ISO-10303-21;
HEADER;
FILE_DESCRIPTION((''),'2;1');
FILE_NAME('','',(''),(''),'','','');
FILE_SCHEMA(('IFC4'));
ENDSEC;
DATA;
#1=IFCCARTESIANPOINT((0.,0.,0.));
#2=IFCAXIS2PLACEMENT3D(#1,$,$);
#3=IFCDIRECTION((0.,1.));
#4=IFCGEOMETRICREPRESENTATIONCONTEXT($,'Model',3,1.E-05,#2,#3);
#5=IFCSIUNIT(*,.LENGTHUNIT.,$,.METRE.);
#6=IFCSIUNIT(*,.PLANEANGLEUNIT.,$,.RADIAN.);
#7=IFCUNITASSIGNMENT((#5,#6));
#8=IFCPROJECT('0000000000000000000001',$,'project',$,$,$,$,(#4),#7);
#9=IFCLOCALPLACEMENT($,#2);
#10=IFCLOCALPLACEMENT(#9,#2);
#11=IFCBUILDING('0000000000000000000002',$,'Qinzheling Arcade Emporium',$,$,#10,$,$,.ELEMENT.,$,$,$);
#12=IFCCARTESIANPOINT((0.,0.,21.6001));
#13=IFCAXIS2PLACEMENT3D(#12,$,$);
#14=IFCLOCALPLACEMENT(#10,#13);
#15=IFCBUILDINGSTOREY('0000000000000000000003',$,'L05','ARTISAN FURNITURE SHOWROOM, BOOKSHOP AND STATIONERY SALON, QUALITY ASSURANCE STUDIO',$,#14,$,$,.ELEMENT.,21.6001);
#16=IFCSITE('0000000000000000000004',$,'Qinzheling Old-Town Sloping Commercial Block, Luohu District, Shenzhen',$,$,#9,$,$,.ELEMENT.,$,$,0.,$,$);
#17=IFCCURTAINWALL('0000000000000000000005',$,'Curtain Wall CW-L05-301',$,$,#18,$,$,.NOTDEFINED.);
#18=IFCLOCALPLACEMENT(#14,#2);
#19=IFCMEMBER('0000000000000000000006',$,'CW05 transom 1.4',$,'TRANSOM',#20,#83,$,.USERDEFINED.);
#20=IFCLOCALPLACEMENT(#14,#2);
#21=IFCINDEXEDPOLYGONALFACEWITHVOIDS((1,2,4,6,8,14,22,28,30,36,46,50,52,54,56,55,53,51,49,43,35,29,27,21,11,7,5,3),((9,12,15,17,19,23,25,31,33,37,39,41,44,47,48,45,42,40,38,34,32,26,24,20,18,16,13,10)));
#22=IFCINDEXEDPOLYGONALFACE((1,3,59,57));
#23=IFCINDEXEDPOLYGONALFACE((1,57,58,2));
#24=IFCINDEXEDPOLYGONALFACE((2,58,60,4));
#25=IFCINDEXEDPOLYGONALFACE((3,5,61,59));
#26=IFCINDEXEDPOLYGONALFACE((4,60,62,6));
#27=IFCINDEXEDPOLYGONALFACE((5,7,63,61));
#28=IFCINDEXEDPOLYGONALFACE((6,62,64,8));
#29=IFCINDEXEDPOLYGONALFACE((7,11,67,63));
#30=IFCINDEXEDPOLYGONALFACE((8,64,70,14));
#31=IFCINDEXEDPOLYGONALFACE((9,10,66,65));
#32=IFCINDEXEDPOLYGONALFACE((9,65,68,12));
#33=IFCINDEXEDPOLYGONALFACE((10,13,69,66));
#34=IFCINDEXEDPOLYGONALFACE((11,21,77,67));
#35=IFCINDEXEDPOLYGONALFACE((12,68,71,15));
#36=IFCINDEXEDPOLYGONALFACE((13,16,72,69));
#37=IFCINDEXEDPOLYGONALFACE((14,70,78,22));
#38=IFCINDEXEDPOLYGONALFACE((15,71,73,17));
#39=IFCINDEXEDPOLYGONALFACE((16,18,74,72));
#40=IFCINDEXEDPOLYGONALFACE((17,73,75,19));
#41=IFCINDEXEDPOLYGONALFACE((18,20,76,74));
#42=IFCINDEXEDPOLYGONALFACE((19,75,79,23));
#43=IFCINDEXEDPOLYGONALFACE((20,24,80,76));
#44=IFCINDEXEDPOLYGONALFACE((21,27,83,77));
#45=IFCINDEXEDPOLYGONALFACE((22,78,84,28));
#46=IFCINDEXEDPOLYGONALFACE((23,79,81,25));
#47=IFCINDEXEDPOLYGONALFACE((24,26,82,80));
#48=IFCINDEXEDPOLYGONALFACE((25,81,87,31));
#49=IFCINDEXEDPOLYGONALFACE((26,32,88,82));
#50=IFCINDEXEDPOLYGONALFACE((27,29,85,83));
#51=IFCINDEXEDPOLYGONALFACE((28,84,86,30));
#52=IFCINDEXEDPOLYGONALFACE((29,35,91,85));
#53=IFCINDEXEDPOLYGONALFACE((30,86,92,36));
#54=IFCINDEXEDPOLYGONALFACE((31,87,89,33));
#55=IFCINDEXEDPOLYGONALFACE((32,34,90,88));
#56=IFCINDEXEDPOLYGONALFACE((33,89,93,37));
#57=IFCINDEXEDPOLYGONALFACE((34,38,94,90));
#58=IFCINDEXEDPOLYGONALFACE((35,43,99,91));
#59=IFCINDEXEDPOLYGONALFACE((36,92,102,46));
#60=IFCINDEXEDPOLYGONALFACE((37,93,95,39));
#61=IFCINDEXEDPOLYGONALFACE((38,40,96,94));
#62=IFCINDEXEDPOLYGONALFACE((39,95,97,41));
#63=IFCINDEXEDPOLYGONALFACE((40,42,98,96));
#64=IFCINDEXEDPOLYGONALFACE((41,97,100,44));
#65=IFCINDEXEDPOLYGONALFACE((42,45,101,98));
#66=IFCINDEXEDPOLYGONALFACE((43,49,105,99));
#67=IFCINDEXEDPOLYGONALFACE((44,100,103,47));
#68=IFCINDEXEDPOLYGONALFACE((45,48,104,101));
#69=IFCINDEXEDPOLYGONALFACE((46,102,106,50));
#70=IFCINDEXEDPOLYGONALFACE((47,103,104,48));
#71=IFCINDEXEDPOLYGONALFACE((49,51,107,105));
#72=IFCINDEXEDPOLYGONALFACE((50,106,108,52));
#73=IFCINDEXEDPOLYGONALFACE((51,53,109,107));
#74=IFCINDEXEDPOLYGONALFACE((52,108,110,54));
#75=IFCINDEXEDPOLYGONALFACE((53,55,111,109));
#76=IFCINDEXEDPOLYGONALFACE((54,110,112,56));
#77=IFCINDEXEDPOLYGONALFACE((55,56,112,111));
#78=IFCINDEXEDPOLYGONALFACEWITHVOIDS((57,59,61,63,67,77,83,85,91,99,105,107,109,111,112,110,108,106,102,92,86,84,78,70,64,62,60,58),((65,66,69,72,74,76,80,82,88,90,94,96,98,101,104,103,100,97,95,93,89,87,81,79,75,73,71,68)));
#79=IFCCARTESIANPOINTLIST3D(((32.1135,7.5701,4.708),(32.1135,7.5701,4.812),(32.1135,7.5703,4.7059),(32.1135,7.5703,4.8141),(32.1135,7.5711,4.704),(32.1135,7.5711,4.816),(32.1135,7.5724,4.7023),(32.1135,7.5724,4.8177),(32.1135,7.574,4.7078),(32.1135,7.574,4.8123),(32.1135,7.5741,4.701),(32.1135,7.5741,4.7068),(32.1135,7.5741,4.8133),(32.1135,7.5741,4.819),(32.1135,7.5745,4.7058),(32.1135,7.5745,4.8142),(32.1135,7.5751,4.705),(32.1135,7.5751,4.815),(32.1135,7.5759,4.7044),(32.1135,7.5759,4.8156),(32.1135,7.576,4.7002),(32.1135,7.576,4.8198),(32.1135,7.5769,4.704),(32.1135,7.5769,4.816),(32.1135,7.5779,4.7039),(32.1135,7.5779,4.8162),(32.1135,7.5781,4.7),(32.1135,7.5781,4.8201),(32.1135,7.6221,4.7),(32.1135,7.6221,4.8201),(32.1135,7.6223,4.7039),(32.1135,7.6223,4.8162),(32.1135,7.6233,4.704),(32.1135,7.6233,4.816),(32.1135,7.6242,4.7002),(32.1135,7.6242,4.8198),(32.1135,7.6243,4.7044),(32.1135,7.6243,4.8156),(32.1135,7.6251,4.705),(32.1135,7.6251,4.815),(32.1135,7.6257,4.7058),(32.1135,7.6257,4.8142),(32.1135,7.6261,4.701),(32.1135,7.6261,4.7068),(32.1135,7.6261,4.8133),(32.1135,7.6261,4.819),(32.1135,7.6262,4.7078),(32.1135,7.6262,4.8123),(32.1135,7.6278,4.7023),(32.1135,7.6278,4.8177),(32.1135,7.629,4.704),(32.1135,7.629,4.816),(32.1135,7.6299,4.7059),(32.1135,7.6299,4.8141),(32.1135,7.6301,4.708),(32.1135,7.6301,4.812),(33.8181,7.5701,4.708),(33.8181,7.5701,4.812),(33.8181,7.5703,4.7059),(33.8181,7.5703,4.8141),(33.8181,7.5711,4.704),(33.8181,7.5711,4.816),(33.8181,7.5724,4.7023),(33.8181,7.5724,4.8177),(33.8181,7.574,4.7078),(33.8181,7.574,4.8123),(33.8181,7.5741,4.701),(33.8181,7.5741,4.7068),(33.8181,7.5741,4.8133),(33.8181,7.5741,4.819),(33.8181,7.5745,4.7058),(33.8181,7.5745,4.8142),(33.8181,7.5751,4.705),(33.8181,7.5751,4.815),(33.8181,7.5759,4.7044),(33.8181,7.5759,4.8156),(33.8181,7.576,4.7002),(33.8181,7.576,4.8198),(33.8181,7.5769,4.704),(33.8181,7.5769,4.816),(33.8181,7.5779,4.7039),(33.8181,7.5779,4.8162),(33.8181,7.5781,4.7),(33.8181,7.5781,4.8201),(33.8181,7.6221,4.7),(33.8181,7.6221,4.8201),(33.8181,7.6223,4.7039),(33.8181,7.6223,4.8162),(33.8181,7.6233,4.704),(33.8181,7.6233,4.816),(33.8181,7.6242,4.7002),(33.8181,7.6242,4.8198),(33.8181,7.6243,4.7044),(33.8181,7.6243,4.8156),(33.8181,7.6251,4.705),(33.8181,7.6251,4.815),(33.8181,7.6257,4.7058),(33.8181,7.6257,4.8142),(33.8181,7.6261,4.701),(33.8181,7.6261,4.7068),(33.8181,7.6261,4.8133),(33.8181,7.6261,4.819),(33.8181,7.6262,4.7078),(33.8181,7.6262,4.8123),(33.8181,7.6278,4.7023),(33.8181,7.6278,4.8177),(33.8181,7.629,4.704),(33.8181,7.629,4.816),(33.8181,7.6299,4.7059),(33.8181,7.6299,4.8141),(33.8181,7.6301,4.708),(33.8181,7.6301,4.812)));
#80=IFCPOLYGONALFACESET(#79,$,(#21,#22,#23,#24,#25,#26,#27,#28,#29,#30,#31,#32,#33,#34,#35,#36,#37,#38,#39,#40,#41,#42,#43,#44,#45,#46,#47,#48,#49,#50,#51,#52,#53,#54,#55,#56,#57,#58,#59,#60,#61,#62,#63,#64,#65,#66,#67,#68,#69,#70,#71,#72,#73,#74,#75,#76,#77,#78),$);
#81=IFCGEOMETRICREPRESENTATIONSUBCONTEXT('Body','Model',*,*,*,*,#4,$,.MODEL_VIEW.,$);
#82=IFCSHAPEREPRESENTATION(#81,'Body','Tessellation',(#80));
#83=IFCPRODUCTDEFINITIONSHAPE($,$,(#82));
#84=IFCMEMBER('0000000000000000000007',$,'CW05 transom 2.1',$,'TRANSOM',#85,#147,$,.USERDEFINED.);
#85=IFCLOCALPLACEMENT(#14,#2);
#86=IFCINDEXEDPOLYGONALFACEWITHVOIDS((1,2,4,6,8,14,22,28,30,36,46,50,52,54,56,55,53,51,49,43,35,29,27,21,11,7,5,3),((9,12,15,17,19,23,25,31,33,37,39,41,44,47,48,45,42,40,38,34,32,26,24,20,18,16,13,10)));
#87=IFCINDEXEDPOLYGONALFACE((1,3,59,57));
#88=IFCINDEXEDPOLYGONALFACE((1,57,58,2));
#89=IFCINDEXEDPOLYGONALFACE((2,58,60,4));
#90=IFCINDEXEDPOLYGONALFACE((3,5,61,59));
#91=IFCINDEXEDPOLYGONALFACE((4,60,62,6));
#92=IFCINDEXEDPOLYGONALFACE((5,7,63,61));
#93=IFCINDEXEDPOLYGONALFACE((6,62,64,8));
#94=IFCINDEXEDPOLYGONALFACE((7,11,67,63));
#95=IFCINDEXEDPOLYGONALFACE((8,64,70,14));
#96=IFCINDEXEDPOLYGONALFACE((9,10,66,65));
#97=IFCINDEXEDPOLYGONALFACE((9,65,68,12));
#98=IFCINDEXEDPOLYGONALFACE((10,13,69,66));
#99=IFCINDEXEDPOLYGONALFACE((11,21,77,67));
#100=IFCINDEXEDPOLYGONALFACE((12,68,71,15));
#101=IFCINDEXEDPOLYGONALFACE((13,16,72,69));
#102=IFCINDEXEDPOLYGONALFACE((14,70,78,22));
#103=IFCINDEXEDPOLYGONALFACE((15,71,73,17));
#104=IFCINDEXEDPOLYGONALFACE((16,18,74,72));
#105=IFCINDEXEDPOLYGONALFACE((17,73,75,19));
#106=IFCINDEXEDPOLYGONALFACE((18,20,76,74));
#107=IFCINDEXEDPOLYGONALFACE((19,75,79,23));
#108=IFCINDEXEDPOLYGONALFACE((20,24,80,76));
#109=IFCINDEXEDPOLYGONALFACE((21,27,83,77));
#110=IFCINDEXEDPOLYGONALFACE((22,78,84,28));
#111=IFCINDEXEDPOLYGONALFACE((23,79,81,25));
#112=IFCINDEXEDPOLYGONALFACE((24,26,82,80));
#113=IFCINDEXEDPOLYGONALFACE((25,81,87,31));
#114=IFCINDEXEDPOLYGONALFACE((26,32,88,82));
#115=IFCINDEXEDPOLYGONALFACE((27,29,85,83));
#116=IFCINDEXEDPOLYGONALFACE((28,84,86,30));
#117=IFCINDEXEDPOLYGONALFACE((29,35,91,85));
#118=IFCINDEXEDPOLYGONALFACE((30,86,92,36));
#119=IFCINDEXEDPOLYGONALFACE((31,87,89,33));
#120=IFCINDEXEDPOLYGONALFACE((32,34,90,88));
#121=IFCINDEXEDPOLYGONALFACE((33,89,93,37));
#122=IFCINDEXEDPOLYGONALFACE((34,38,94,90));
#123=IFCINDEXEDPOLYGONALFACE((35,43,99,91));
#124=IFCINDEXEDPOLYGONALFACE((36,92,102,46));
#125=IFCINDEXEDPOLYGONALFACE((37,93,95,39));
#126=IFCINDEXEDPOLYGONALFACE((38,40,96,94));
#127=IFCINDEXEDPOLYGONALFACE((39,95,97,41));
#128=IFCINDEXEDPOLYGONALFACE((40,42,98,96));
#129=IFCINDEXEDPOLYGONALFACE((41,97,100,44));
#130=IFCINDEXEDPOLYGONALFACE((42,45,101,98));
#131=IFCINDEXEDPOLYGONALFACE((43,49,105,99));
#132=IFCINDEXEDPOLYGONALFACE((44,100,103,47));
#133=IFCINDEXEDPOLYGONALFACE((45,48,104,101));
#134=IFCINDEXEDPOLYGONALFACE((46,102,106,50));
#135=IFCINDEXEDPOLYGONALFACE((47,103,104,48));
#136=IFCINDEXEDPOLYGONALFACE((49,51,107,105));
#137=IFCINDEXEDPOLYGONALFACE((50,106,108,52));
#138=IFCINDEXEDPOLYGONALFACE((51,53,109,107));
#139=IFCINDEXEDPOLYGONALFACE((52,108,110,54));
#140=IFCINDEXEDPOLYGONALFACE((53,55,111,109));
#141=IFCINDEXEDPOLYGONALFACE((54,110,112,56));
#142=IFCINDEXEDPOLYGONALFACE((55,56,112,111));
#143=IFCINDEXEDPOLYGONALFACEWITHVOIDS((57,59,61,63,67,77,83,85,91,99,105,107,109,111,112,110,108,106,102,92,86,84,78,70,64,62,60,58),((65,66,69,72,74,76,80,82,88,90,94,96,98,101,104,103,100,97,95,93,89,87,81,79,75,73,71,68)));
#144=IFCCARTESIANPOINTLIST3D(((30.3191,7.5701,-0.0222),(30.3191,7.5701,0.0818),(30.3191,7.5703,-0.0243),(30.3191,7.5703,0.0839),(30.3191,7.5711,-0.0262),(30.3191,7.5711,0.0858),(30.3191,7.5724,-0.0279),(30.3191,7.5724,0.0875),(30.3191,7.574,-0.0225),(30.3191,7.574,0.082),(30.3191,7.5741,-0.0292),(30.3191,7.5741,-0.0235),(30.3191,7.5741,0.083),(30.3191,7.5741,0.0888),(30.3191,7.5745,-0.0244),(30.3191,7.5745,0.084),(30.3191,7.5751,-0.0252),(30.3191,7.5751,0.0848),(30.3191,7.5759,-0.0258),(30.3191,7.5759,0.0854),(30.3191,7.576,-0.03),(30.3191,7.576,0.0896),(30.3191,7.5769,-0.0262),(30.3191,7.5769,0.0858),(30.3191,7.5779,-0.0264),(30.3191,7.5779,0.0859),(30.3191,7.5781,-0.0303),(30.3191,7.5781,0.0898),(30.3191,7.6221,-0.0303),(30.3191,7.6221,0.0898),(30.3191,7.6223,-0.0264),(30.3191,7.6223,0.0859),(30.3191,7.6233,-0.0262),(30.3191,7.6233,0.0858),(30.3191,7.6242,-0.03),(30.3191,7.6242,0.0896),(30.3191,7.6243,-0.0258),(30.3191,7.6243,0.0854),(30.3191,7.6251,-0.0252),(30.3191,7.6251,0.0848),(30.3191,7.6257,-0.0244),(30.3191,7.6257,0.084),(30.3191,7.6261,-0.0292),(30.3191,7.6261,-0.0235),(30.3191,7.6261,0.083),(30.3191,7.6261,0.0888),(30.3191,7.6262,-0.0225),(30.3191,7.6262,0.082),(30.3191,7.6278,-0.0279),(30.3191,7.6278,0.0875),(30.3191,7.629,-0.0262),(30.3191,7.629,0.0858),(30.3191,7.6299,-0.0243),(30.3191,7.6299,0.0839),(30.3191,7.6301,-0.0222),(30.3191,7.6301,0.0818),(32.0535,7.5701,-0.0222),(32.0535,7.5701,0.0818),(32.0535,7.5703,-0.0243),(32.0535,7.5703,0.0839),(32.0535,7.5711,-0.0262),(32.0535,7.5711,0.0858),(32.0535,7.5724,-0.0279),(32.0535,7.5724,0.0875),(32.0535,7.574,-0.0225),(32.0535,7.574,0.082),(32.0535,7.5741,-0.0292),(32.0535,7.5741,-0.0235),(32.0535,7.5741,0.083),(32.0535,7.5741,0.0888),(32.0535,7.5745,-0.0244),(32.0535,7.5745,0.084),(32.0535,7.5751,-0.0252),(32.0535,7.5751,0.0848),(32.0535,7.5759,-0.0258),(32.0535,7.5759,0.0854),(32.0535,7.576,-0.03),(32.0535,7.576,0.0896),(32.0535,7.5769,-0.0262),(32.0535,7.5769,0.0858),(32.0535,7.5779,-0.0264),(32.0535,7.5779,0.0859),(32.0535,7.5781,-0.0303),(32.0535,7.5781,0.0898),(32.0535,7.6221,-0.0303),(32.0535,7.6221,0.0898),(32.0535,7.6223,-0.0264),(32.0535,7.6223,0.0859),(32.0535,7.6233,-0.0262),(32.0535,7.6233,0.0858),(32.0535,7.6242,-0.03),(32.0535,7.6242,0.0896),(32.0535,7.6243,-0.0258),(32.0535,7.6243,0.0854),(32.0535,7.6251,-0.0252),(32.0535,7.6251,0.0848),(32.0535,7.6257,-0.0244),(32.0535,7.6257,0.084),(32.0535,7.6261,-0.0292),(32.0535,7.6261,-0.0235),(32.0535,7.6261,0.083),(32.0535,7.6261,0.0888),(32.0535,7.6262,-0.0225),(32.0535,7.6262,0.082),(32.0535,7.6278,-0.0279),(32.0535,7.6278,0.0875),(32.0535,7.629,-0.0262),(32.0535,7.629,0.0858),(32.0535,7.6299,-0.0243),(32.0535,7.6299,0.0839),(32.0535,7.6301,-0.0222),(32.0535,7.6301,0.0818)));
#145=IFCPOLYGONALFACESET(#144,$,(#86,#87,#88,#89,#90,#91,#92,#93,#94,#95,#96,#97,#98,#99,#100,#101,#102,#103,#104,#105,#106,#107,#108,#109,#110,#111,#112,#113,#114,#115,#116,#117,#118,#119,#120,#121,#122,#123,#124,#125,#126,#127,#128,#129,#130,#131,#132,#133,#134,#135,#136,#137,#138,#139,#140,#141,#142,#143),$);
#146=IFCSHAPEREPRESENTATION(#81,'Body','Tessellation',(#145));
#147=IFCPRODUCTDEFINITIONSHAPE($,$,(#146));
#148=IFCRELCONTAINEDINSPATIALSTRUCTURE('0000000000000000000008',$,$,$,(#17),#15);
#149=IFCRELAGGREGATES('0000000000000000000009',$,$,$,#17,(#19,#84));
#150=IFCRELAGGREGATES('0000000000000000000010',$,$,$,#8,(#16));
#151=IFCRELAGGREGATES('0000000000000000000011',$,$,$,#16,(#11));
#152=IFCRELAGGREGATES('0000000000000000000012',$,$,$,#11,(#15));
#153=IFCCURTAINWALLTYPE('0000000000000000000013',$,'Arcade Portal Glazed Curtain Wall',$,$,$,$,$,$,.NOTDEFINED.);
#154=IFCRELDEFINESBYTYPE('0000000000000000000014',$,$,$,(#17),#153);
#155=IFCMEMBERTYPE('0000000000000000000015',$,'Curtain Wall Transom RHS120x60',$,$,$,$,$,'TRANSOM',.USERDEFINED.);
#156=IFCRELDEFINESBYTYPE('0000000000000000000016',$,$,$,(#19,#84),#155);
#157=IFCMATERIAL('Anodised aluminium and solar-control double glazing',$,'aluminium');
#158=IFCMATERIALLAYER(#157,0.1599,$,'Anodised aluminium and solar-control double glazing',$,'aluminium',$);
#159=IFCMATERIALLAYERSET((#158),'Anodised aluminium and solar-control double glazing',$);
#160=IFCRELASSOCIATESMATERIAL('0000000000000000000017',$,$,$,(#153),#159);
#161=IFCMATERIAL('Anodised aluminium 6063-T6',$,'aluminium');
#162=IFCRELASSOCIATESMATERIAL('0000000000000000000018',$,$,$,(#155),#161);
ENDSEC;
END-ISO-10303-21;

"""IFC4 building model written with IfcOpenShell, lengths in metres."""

from ifc_helpers import new_model, si_unit, direction, frame, origin, origin_2d, place, context, subcontext, project, spatial, hollow_rectangle, extrude, material, layer, layer_set, material_profile, profile_set, type_object, element, aggregate, save


model = new_model("IFC4")

# Units and contexts
model_context = context("Model", 3, precision=1e-05, world=origin(), true_north=direction((0.0, 1.0)))
body_context = subcontext(model_context, "Body", "Model", "MODEL_VIEW")
ifc_project = project(units=[si_unit("LENGTHUNIT", "METRE"), si_unit("PLANEANGLEUNIT", "RADIAN")], contexts=[model_context])

# Site, building, storey
site_placement = place(None, origin())
site = spatial("IfcSite", under=ifc_project, at=site_placement, Name="Qinzheling Old-Town Sloping Commercial Block, Luohu District, Shenzhen", CompositionType="ELEMENT", RefElevation=0.0)
building_placement = place(site_placement, origin())
building = spatial("IfcBuilding", under=site, at=building_placement, Name="Qinzheling Arcade Emporium", CompositionType="ELEMENT")
storey_placement = place(building_placement, frame((0.0, 0.0, 21.6001)))
storey = spatial("IfcBuildingStorey", under=building, at=storey_placement, Name="L05", Description="ARTISAN FURNITURE SHOWROOM, BOOKSHOP AND STATIONERY SALON, QUALITY ASSURANCE STUDIO", CompositionType="ELEMENT", Elevation=21.6001)

# Shared definitions
ifc_material_1 = material(Name="Anodised aluminium and solar-control double glazing", Category="aluminium")
ifc_layer_1 = layer(ifc_material_1, 0.1599, Name="Anodised aluminium and solar-control double glazing", Category="aluminium")
ifc_layer_set_1 = layer_set([ifc_layer_1], Name="Anodised aluminium and solar-control double glazing")
curtain_wall_type = type_object("IfcCurtainWallType", Name="Arcade Portal Glazed Curtain Wall", PredefinedType="NOTDEFINED", material=ifc_layer_set_1)
ifc_material_2 = material(Name="Anodised aluminium 6063-T6", Category="aluminium")

# Curtain wall, members
curtain_wall_1_placement = place(storey_placement, origin())
curtain_wall_1 = element("IfcCurtainWall", 1, at=curtain_wall_1_placement, inside=storey, type_object=curtain_wall_type, Name="Curtain Wall CW-L05-301", PredefinedType="NOTDEFINED")
ifc_material_profile_1 = material_profile(ifc_material_2, hollow_rectangle(XDim=0.0601, YDim=0.1201, WallThickness=0.0039, InnerFilletRadius=0.0039, OuterFilletRadius=0.0081, at=origin_2d()), Name="RHS 120x60x4", Category="aluminium")
ifc_profile_set_1 = profile_set([ifc_material_profile_1], Name="Anodised aluminium 6063-T6")
member_type_1 = type_object("IfcMemberType", Name="Curtain Wall Transom RHS120x60", ElementType="TRANSOM", PredefinedType="USERDEFINED", material=ifc_profile_set_1)
member_1_placement = place(storey_placement, frame((33.8181, 7.6001, 4.76), z_axis=(-1.0, 0.0, 0.0), x_axis=(0.0, -1.0, 0.0)))
member_1 = element("IfcMember", 2, at=member_1_placement, type_object=member_type_1, Name="CW05 transom 1.4", ObjectType="TRANSOM", PredefinedType="USERDEFINED", context=body_context, shape_type="SweptSolid", body=[
    extrude(hollow_rectangle(XDim=0.0601, YDim=0.1201, WallThickness=0.0039, InnerFilletRadius=0.0039, OuterFilletRadius=0.0081, at=origin_2d()), origin(), (0.0, 0.0, 1.0), 1.7046),
])
member_2_placement = place(storey_placement, frame((32.0535, 7.6001, 0.0298), z_axis=(-1.0, 0.0, 0.0), x_axis=(0.0, -1.0, 0.0)))
member_2 = element("IfcMember", 3, at=member_2_placement, type_object=member_type_1, Name="CW05 transom 2.1", ObjectType="TRANSOM", PredefinedType="USERDEFINED", context=body_context, shape_type="SweptSolid", body=[
    extrude(hollow_rectangle(XDim=0.0601, YDim=0.1201, WallThickness=0.0039, InnerFilletRadius=0.0039, OuterFilletRadius=0.0081, at=origin_2d()), origin(), (0.0, 0.0, 1.0), 1.7344),
])

aggregate(curtain_wall_1, [member_1, member_2])

save(model, "model.ifc")
